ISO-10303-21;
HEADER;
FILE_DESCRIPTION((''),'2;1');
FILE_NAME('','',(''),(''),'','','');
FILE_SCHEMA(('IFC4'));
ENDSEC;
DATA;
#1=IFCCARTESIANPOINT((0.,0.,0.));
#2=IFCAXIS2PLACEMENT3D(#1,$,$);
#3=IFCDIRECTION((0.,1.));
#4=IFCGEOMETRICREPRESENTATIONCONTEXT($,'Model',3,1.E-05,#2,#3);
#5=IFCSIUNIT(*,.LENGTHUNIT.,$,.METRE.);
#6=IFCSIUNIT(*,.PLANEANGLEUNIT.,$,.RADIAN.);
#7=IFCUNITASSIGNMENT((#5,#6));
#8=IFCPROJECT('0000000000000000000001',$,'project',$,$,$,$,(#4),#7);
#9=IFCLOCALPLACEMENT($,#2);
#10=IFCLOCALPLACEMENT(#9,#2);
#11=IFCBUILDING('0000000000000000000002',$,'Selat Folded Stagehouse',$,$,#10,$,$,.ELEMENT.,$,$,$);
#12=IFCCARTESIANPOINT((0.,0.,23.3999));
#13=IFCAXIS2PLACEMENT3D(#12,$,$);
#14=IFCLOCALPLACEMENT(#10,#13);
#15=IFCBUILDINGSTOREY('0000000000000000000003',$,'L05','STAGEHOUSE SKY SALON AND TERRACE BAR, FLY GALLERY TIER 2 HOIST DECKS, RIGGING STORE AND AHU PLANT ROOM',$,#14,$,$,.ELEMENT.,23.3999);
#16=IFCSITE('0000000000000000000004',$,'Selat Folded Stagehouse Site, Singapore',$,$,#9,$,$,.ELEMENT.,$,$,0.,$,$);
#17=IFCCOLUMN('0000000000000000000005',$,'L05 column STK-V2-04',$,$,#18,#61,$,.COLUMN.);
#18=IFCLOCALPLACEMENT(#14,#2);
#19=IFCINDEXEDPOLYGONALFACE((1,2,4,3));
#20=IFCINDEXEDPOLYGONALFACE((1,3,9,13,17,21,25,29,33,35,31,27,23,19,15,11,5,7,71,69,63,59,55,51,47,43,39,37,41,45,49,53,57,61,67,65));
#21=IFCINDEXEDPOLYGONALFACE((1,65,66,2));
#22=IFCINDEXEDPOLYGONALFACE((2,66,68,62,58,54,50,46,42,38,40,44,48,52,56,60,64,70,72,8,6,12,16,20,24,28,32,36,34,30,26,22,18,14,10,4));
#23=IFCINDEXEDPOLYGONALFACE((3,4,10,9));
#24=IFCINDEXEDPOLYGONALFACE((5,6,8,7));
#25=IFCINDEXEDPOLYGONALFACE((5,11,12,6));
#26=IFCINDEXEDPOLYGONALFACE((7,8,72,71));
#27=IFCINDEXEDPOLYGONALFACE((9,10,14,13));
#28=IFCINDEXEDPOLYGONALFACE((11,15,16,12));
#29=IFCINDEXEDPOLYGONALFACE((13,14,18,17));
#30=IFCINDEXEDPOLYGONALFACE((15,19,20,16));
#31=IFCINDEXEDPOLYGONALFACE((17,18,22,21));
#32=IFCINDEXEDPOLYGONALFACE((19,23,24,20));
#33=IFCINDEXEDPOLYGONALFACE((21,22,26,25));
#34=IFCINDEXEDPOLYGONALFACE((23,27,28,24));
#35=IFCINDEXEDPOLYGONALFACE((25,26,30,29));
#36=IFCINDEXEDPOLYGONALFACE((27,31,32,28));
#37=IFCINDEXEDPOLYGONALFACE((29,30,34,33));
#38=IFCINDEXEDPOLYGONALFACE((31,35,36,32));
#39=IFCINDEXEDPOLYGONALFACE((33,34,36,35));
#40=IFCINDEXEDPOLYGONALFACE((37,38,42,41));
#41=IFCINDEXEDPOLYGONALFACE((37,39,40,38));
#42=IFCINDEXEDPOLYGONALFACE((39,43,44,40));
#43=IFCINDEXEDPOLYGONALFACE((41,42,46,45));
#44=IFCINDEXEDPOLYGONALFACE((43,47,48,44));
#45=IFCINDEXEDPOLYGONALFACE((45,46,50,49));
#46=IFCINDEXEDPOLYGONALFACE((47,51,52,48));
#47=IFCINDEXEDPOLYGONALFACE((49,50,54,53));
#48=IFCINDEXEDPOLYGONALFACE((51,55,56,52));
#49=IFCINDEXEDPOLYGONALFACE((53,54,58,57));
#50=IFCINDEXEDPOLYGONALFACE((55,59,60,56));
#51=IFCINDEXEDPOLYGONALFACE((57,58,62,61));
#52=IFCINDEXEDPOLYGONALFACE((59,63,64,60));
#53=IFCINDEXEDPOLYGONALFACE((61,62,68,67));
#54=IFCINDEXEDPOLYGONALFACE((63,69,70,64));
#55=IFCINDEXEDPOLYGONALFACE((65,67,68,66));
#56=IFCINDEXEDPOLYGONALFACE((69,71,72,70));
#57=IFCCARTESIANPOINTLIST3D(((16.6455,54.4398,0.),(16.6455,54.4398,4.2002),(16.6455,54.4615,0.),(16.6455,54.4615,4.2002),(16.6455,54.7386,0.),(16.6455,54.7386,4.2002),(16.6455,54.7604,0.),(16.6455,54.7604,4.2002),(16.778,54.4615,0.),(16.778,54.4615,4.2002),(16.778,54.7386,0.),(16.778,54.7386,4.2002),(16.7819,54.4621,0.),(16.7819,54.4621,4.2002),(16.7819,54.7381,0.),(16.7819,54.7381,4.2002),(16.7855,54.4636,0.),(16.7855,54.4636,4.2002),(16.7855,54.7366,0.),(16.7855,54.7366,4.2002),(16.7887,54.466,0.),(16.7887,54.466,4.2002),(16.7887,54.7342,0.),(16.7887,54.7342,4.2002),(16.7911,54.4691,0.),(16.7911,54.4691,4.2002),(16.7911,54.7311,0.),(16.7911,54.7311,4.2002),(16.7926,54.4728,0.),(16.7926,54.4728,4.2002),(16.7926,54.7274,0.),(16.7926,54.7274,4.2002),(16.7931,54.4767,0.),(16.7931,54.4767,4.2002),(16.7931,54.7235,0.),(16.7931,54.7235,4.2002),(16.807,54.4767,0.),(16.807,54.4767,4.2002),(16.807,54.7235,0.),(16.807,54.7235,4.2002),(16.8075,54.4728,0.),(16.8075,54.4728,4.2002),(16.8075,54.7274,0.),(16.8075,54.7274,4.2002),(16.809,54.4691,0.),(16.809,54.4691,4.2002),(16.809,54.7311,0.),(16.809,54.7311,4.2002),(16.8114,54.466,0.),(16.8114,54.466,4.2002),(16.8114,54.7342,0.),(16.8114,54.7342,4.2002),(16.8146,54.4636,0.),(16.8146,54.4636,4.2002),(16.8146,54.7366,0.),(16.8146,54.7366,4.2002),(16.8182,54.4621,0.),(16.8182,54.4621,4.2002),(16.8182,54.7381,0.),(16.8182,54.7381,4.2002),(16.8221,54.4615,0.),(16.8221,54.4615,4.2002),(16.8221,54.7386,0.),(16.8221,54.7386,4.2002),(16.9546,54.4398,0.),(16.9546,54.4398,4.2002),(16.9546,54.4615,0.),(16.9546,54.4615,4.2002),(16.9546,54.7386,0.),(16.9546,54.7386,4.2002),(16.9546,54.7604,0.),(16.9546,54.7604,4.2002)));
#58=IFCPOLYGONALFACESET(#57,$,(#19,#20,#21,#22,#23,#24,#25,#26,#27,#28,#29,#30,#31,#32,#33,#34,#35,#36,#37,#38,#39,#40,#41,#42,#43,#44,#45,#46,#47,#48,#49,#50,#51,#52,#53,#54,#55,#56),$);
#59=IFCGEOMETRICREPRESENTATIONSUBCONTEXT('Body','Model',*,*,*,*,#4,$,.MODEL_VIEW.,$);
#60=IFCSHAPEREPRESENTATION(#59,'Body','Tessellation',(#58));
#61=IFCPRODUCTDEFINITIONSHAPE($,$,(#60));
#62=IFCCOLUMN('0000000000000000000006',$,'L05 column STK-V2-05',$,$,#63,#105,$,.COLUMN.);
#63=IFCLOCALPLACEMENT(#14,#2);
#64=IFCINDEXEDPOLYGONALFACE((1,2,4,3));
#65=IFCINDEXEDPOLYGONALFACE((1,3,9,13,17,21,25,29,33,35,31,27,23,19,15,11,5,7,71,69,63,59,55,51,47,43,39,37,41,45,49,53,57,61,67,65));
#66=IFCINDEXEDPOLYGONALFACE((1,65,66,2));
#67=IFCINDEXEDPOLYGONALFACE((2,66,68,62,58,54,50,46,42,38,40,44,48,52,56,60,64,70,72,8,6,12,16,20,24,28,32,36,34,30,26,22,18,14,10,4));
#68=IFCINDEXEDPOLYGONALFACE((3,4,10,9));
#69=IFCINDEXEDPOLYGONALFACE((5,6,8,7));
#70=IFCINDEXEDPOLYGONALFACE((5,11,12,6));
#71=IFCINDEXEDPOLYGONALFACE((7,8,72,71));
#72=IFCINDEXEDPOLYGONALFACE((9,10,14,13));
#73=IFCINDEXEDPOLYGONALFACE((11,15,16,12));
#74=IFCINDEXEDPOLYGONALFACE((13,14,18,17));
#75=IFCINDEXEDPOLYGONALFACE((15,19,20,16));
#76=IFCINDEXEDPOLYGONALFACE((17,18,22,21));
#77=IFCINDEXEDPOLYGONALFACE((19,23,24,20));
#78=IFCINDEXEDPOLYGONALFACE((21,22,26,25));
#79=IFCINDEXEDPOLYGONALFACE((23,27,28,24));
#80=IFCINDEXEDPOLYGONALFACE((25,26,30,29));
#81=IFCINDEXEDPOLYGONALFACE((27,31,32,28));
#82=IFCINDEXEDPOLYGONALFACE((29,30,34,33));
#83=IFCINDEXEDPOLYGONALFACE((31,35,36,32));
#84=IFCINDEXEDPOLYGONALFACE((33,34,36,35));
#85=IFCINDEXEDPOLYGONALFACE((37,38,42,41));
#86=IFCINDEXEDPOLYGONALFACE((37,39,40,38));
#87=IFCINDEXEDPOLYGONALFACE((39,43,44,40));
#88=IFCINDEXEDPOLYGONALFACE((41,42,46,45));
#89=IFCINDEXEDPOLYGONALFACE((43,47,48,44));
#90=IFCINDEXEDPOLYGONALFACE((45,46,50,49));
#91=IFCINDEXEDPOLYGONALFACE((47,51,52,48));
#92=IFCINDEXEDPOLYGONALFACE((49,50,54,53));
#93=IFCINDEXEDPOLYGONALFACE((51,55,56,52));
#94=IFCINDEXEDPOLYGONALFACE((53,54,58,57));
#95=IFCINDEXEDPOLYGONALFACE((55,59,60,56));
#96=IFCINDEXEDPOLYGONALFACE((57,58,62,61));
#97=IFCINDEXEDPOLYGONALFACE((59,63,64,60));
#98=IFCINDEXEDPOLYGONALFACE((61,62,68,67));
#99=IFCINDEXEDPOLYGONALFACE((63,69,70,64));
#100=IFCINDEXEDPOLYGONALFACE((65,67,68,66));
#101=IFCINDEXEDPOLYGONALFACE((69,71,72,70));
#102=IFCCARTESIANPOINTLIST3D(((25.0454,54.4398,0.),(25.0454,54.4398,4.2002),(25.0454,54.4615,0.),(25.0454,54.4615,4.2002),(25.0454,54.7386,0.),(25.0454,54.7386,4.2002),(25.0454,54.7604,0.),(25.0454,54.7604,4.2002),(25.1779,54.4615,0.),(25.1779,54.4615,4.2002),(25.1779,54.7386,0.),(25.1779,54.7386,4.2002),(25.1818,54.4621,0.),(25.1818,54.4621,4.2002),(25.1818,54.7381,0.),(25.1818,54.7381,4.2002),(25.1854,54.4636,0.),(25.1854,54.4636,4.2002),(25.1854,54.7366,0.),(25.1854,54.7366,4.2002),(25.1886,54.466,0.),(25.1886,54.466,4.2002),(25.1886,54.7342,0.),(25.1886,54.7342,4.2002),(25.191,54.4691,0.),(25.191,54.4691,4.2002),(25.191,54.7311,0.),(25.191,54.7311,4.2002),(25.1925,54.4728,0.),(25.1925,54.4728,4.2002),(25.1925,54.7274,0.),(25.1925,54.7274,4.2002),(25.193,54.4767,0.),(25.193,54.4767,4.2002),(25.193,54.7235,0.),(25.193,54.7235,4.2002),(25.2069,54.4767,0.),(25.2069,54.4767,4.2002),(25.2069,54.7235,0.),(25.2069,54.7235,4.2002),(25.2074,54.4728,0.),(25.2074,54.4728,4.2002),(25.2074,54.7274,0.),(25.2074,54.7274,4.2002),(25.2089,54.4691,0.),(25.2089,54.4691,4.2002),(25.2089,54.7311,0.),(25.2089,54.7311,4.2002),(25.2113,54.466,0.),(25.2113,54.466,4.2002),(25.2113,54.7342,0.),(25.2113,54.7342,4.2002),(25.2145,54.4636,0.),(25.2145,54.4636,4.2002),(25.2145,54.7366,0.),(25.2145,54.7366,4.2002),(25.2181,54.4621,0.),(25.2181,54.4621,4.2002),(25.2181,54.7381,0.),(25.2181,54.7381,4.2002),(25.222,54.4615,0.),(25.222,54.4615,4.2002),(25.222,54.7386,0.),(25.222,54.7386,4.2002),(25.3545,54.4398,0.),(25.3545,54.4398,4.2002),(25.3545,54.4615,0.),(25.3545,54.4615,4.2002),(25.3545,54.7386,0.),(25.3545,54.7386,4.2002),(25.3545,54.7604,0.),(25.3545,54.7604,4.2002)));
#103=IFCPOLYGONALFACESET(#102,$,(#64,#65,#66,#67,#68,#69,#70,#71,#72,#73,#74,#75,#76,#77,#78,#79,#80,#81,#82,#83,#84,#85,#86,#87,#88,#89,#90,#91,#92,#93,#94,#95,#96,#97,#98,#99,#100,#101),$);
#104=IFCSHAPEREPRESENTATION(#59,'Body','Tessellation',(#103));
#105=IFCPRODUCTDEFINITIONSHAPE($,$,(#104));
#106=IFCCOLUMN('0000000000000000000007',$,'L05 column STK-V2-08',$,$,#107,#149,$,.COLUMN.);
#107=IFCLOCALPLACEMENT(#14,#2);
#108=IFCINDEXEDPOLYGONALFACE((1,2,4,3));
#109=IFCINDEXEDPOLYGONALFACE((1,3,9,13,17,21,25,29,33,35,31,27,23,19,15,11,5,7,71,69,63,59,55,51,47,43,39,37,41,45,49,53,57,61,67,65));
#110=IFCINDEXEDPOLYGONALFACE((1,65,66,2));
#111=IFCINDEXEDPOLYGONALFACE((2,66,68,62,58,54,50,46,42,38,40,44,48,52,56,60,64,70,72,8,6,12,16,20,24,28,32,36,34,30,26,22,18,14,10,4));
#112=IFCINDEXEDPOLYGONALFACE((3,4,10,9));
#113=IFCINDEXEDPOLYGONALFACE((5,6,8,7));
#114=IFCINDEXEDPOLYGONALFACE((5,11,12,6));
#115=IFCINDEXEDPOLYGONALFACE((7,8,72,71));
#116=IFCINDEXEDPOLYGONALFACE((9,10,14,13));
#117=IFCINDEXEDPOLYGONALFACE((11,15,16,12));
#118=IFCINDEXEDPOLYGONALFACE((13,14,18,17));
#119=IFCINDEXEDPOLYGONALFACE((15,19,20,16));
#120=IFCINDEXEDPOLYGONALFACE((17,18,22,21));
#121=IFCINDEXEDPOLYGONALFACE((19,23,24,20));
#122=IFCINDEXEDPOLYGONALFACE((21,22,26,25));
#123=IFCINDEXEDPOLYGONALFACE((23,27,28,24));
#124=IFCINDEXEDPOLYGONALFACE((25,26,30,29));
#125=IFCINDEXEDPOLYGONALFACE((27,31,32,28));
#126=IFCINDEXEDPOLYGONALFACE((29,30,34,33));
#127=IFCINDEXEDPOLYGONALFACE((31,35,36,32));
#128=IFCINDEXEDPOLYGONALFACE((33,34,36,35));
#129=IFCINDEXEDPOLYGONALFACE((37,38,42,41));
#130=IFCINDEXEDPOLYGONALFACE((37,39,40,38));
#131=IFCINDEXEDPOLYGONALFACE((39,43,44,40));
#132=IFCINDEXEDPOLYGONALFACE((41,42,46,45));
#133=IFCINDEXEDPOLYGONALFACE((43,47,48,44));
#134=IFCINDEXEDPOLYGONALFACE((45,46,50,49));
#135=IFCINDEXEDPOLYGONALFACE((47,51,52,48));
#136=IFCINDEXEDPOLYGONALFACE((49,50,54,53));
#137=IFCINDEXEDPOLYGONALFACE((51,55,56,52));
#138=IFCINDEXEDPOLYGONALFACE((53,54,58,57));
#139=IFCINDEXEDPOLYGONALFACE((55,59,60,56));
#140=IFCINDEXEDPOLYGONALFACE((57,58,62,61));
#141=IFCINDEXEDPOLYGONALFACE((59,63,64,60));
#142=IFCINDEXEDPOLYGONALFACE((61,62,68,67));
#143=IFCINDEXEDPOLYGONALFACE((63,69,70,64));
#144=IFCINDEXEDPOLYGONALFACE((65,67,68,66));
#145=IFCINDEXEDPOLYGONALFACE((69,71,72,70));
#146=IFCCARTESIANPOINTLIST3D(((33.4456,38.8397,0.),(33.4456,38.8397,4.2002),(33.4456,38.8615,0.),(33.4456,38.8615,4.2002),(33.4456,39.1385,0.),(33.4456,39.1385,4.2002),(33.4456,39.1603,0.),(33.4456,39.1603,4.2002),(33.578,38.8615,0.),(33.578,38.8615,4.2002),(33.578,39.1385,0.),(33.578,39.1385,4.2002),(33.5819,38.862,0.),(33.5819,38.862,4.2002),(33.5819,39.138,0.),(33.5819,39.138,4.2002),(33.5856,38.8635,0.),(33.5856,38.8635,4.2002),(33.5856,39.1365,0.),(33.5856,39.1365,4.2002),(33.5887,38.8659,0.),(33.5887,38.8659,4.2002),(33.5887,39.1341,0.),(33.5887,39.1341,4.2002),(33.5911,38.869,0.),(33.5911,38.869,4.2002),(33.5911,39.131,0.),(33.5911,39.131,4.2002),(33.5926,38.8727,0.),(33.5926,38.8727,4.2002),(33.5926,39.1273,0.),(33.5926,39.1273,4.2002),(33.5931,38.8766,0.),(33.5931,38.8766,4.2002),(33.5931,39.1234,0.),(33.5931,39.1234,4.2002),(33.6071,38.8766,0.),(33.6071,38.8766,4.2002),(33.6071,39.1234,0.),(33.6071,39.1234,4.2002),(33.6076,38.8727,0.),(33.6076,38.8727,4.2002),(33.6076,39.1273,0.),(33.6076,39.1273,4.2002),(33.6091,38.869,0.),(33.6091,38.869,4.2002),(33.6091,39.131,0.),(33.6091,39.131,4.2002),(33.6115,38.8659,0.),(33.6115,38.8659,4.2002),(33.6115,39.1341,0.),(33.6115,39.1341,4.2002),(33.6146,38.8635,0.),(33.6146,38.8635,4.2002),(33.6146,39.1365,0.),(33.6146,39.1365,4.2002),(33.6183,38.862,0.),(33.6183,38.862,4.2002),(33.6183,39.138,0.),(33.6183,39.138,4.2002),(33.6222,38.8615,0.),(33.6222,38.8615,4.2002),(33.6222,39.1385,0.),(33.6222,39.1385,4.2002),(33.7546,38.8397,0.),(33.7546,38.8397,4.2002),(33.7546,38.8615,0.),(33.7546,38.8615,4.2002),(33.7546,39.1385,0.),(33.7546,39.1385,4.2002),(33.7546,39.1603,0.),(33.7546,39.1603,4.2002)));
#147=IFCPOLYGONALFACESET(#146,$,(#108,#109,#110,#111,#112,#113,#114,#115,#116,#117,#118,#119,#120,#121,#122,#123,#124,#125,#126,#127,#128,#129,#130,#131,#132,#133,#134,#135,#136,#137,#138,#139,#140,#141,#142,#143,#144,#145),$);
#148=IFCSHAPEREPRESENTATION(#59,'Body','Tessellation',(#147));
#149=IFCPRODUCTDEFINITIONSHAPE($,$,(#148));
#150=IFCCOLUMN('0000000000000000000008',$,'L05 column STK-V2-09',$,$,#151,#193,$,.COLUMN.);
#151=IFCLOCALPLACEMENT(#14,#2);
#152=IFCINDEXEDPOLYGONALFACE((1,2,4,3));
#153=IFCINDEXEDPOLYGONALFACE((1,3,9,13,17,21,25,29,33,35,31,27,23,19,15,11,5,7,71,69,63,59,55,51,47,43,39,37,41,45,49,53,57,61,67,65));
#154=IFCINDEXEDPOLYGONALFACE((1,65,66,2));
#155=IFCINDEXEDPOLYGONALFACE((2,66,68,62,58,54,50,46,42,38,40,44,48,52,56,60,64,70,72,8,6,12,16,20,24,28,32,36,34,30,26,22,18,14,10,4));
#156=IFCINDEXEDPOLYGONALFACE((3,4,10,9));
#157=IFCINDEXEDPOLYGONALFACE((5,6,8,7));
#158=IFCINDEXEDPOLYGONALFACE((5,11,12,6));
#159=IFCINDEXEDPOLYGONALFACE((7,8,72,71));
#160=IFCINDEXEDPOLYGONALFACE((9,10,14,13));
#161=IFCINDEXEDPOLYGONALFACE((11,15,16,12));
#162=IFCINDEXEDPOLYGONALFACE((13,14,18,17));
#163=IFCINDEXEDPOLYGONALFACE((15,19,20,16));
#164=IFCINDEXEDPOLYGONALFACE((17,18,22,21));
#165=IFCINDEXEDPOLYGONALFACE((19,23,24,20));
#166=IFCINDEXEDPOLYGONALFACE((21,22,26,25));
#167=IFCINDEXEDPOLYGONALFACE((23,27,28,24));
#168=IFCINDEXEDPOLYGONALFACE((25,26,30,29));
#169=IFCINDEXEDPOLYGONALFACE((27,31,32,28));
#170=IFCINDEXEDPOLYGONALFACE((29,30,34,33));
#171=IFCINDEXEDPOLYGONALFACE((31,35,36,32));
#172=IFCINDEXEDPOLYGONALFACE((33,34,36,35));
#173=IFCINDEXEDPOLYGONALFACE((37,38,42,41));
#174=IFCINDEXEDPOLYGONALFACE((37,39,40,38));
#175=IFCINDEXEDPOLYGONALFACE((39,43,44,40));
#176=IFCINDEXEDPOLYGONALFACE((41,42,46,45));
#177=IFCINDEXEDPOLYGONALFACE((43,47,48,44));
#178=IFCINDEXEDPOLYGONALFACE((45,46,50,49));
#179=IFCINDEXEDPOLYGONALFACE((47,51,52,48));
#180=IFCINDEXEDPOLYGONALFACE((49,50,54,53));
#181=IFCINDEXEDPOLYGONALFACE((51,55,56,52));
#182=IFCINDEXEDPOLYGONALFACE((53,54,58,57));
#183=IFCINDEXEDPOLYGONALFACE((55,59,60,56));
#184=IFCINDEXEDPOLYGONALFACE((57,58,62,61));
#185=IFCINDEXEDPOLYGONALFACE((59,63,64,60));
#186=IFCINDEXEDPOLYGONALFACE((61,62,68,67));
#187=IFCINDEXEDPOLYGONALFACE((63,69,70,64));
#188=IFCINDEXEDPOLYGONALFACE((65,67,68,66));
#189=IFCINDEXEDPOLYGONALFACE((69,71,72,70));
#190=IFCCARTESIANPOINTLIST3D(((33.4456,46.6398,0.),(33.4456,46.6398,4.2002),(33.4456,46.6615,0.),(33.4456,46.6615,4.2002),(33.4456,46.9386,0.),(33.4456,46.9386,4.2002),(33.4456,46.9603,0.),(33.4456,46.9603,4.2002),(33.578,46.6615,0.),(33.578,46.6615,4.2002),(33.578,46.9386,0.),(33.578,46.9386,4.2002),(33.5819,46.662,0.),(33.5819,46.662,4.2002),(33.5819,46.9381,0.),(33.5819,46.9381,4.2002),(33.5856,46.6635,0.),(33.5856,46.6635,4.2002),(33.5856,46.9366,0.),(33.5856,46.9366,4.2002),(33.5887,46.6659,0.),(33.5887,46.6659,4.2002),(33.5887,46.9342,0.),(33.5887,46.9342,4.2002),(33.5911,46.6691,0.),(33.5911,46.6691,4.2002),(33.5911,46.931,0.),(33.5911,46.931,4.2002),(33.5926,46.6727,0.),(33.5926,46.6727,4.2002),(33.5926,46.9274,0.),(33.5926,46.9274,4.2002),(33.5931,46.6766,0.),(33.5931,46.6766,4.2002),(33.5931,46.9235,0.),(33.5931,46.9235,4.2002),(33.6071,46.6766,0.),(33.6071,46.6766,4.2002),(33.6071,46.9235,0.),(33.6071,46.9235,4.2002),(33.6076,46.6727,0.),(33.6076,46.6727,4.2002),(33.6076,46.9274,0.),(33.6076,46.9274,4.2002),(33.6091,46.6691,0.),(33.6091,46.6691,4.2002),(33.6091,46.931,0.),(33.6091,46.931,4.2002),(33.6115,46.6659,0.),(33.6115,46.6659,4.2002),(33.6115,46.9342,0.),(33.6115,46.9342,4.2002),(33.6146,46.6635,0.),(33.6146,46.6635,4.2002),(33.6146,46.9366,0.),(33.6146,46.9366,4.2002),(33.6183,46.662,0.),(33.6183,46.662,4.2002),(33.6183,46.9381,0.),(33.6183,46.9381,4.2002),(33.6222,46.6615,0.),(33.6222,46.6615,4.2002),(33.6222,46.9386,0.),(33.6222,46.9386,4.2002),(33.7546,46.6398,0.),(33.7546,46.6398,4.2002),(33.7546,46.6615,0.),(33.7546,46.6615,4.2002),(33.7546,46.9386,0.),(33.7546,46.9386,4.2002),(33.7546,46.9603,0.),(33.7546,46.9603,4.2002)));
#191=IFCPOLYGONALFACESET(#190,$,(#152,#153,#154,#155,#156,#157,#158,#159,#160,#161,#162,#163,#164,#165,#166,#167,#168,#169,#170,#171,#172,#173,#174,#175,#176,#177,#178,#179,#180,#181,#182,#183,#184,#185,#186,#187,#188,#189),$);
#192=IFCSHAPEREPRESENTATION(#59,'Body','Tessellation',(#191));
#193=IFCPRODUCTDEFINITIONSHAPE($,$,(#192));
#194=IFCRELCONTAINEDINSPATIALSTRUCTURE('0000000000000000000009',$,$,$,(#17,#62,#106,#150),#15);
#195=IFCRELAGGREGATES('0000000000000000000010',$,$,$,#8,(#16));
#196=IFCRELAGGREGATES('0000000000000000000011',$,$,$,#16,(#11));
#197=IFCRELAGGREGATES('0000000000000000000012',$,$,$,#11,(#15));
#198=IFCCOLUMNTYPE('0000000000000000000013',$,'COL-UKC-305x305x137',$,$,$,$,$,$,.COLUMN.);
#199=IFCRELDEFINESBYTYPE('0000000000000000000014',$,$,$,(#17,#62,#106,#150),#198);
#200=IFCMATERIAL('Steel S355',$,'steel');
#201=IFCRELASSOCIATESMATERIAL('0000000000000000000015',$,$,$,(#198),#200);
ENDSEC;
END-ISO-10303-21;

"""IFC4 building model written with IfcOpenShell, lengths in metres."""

from ifc_helpers import new_model, si_unit, direction, frame, origin, origin_2d, place, context, subcontext, project, spatial, i_section, extrude, material, material_profile, profile_set, type_object, element, save


model = new_model("IFC4")

# Units and contexts
model_context = context("Model", 3, precision=1e-05, world=origin(), true_north=direction((0.0, 1.0)))
body_context = subcontext(model_context, "Body", "Model", "MODEL_VIEW")
ifc_project = project(units=[si_unit("LENGTHUNIT", "METRE"), si_unit("PLANEANGLEUNIT", "RADIAN")], contexts=[model_context])

# Site, building, storey
site_placement = place(None, origin())
site = spatial("IfcSite", under=ifc_project, at=site_placement, Name="Selat Folded Stagehouse Site, Singapore", CompositionType="ELEMENT", RefElevation=0.0)
building_placement = place(site_placement, origin())
building = spatial("IfcBuilding", under=site, at=building_placement, Name="Selat Folded Stagehouse", CompositionType="ELEMENT")
storey_placement = place(building_placement, frame((0.0, 0.0, 23.3999)))
storey = spatial("IfcBuildingStorey", under=building, at=storey_placement, Name="L05", Description="STAGEHOUSE SKY SALON AND TERRACE BAR, FLY GALLERY TIER 2 HOIST DECKS, RIGGING STORE AND AHU PLANT ROOM", CompositionType="ELEMENT", Elevation=23.3999)

# Columns
ifc_material_1 = material(Name="Steel S355", Category="steel")
ifc_material_profile_1 = material_profile(ifc_material_1, i_section(OverallWidth=0.3091, OverallDepth=0.3206, WebThickness=0.0139, FlangeThickness=0.0217, FilletRadius=0.0151, at=origin_2d()), Name="UKC 305x305x137")
ifc_profile_set_1 = profile_set([ifc_material_profile_1], Name="Steel S355")
column_type = type_object("IfcColumnType", Name="COL-UKC-305x305x137", PredefinedType="COLUMN", material=ifc_profile_set_1)
for number, where, z_axis, x_axis, name in (
    (1, (16.8, 54.6001, 0.0), (0.0, 0.0, 1.0), (1.0, 0.0, 0.0), "L05 column STK-V2-04"),
    (2, (25.2, 54.6001, 0.0), (0.0, 0.0, 1.0), (1.0, 0.0, 0.0), "L05 column STK-V2-05"),
    (3, (33.6001, 39.0, 0.0), (0.0, 0.0, 1.0), (1.0, 0.0, 0.0), "L05 column STK-V2-08"),
    (4, (33.6001, 46.8, 0.0), (0.0, 0.0, 1.0), (1.0, 0.0, 0.0), "L05 column STK-V2-09"),
):
    element("IfcColumn", number, at=place(storey_placement, frame(where, z_axis=z_axis, x_axis=x_axis)), inside=storey, type_object=column_type, Name=name, PredefinedType="COLUMN", context=body_context, shape_type="SweptSolid", body=[
        extrude(i_section(OverallWidth=0.3091, OverallDepth=0.3206, WebThickness=0.0139, FlangeThickness=0.0217, FilletRadius=0.0151, at=origin_2d()), origin(), (0.0, 0.0, 1.0), 4.2002),
    ])

save(model, "model.ifc")
